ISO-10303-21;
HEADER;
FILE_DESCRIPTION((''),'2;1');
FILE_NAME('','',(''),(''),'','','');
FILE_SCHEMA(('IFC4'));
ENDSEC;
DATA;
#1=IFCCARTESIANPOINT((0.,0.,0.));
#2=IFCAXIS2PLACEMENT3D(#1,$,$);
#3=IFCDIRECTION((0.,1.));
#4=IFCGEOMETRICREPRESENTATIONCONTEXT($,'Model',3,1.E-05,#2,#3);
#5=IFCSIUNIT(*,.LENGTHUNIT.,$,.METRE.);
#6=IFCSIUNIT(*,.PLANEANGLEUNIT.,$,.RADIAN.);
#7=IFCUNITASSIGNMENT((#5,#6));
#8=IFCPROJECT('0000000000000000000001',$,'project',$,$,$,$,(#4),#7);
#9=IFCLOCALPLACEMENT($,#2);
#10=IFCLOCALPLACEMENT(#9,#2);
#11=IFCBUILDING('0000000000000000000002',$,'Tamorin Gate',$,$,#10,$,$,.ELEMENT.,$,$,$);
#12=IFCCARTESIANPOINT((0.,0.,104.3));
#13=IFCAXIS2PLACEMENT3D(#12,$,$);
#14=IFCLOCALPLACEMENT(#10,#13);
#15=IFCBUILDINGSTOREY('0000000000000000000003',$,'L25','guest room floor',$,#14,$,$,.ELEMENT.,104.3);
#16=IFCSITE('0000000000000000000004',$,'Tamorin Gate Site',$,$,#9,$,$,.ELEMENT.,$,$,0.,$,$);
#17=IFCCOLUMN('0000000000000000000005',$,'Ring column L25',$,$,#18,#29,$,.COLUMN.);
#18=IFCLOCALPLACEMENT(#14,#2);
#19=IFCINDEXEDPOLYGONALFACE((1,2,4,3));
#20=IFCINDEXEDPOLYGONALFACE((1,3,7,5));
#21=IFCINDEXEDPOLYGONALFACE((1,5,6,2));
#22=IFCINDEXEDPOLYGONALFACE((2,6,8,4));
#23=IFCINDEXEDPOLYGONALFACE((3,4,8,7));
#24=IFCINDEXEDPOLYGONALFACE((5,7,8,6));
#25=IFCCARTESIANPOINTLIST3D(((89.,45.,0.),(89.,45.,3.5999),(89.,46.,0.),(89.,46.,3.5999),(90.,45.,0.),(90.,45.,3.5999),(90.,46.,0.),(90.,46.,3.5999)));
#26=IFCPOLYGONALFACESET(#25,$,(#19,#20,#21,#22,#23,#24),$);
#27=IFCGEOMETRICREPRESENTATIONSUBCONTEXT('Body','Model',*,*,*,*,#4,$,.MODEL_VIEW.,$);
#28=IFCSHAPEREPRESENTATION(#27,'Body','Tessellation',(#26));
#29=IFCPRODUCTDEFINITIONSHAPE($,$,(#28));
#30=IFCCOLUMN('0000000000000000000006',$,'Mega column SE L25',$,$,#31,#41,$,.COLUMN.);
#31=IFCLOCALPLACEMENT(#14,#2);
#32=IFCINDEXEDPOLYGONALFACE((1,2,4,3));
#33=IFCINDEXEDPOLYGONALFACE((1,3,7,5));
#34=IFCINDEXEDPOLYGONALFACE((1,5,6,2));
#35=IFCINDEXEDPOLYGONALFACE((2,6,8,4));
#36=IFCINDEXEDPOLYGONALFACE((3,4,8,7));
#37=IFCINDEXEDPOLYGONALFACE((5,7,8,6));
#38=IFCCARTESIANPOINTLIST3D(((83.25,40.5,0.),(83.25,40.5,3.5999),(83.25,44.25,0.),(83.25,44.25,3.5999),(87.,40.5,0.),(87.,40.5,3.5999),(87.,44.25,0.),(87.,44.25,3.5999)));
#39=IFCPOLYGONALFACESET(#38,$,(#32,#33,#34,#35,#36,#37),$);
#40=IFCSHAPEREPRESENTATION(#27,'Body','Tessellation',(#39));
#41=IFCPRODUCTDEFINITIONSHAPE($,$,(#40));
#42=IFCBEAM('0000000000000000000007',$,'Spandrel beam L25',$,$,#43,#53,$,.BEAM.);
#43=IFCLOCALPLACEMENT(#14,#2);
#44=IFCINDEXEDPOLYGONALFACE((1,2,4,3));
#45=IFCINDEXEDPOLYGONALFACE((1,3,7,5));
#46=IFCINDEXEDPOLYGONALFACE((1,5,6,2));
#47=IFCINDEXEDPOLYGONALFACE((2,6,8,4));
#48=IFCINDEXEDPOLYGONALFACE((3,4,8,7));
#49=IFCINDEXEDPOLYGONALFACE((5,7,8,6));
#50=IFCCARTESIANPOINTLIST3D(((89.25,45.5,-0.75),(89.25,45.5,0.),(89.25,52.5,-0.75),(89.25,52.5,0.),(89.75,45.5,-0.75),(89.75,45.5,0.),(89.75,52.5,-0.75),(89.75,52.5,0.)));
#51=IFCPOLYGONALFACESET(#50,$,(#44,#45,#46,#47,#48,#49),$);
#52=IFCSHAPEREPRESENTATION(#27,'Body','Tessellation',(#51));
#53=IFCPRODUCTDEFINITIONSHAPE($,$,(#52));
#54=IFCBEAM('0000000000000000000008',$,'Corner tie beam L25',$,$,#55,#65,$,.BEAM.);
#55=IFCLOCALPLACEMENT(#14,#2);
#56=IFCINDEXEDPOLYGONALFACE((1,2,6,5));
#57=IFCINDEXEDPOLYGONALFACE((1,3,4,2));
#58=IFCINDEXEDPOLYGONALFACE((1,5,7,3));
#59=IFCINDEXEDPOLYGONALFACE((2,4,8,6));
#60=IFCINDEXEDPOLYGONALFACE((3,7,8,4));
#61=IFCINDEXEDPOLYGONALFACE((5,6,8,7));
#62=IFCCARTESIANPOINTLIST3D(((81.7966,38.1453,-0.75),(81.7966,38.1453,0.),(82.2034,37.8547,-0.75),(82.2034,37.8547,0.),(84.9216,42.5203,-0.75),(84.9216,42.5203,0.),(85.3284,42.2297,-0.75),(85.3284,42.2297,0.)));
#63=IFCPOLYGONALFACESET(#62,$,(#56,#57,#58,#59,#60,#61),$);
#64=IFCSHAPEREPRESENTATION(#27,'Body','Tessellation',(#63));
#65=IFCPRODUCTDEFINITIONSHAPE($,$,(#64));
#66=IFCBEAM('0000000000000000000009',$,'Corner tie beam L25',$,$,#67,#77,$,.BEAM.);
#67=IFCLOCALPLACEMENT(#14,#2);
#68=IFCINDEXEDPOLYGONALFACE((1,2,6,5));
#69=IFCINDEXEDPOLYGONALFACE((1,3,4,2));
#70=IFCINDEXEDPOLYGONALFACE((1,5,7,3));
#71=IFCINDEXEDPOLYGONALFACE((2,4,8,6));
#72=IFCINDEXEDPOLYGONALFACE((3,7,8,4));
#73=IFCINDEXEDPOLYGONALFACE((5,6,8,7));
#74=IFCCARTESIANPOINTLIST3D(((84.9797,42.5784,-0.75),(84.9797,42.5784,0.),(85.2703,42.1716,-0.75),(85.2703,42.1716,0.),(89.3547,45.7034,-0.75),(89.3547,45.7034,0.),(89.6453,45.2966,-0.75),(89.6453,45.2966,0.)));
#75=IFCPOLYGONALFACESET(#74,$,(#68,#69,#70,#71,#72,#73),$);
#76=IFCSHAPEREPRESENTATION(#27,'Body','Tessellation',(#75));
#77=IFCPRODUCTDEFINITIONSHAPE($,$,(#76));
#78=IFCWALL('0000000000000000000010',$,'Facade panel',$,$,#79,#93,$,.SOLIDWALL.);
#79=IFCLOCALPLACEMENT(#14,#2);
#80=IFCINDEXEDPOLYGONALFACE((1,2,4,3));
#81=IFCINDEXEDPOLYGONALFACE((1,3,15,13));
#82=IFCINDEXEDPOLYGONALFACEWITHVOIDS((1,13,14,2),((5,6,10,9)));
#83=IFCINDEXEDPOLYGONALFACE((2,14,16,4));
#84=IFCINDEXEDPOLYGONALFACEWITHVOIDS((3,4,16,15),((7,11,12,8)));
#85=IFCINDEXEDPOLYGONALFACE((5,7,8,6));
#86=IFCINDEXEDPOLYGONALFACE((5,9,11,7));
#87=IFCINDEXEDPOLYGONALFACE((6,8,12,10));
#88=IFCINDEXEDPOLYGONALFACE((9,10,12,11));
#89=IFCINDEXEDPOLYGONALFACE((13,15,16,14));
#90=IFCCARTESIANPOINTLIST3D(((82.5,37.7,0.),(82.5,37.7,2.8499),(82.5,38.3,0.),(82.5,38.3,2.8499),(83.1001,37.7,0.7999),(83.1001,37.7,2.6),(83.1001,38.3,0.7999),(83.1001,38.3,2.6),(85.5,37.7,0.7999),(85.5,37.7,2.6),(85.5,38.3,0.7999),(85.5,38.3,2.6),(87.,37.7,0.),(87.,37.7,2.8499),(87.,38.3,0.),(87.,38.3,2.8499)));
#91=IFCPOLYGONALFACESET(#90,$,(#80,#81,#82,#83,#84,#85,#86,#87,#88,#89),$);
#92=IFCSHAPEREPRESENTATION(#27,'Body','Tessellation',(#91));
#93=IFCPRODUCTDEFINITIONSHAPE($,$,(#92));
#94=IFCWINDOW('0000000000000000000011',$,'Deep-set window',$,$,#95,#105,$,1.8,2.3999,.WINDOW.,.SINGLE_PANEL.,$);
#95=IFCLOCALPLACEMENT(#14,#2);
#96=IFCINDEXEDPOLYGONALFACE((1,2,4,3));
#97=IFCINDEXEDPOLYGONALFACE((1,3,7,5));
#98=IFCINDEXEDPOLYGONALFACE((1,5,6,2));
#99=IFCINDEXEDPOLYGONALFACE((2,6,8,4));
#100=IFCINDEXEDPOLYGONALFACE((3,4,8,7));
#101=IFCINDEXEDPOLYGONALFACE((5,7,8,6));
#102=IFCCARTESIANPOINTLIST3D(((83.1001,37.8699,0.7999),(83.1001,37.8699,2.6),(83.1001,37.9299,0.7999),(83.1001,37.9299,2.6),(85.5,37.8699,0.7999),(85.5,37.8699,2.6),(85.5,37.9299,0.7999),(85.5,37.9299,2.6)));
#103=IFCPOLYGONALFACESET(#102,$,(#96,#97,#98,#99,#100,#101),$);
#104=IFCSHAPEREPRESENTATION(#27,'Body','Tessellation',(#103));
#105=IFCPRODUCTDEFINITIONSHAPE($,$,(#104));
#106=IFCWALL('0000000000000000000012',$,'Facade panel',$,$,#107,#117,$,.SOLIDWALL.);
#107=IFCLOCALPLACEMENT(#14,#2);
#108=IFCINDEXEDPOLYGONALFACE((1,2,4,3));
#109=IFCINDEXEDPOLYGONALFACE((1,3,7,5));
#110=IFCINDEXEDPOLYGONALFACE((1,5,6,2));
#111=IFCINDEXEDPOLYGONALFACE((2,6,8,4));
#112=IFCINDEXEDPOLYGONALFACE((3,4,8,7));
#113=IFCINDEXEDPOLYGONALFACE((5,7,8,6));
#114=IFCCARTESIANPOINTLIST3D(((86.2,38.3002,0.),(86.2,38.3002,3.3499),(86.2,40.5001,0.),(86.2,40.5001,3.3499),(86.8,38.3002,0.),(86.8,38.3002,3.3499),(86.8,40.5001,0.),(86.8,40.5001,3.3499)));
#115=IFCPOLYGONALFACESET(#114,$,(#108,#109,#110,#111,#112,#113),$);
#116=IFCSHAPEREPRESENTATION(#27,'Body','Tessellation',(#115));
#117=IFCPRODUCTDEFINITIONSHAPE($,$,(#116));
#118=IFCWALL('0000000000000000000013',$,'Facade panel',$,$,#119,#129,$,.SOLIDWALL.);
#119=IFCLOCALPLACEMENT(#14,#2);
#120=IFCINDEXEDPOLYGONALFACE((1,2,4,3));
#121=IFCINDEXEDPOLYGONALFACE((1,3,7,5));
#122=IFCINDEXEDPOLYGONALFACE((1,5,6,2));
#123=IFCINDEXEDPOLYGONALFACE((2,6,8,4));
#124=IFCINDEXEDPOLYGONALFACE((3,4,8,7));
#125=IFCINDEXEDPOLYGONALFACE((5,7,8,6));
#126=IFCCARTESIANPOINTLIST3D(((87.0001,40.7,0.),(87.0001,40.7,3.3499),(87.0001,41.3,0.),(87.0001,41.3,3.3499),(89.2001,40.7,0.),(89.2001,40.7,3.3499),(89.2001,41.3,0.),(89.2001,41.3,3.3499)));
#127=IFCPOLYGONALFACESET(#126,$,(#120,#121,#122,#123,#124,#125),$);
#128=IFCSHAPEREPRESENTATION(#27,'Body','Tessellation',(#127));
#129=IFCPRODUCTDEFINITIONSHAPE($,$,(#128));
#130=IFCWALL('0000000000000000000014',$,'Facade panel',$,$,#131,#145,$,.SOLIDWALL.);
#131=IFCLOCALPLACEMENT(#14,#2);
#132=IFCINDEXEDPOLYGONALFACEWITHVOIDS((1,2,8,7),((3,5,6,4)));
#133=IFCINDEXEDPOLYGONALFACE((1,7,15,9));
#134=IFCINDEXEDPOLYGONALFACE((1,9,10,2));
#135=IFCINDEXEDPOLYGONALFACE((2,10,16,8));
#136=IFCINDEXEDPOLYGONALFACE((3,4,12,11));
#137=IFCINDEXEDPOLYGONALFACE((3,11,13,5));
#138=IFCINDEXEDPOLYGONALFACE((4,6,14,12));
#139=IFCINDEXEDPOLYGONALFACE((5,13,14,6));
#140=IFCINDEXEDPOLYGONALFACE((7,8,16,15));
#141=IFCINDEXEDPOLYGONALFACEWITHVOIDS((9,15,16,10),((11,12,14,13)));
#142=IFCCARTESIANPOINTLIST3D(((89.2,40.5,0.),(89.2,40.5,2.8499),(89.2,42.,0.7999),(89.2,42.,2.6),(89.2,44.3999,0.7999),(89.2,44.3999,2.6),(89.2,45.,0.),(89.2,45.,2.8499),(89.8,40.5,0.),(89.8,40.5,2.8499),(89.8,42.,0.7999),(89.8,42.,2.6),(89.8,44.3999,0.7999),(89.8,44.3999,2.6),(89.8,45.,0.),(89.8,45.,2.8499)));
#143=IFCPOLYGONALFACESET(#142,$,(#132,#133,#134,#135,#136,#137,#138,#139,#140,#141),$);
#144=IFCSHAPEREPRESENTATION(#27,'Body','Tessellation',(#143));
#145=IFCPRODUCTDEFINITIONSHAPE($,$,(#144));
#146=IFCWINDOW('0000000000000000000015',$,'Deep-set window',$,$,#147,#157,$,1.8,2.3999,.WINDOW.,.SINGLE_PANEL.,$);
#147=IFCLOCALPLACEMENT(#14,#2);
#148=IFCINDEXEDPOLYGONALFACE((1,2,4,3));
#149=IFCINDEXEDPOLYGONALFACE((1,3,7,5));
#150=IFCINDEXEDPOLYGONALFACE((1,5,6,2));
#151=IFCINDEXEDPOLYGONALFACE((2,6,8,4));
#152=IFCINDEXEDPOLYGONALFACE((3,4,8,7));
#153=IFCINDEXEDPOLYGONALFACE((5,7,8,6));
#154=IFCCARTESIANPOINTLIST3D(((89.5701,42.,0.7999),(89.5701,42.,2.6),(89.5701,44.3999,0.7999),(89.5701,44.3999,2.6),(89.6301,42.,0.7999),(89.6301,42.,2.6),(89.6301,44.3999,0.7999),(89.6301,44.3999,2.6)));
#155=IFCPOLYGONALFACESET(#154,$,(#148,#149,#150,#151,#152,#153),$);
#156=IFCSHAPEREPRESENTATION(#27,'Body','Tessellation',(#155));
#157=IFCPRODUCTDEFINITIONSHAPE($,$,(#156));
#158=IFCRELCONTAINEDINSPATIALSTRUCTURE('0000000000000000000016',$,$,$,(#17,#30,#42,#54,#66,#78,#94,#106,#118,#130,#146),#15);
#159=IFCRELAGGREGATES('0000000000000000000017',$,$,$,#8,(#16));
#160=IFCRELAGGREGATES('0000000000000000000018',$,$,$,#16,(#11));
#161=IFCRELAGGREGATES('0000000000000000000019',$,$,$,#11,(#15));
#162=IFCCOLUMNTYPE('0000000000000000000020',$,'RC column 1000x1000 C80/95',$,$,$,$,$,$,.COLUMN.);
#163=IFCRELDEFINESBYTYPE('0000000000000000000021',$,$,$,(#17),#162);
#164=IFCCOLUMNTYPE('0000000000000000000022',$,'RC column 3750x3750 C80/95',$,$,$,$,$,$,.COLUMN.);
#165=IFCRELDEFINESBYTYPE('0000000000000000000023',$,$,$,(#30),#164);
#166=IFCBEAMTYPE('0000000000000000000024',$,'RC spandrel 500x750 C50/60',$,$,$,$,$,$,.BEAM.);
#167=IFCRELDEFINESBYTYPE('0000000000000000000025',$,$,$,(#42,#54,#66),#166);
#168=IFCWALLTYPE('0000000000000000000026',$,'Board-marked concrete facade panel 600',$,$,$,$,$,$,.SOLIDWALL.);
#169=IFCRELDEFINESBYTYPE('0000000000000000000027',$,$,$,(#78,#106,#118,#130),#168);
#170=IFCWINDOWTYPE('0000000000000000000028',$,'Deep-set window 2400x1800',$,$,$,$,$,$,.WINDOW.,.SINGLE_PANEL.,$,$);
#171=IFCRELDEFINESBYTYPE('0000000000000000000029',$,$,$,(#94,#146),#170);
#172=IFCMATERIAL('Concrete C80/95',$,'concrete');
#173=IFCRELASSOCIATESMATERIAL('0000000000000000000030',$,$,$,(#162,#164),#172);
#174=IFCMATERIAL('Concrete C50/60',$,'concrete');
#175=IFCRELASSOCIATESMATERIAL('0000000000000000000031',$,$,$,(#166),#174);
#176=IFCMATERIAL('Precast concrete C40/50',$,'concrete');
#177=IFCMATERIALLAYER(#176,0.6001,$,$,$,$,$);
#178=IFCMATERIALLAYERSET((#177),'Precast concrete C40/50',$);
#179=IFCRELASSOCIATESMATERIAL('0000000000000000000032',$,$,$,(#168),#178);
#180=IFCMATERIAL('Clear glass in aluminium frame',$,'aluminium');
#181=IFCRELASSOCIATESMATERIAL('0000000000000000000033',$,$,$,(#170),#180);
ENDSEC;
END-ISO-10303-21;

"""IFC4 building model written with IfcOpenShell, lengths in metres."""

from ifc_helpers import new_model, si_unit, direction, frame, frame_2d, origin, origin_2d, place, context, subcontext, project, spatial, rectangle, extrude, material, layer, layer_set, material_profile, profile_set, type_object, element, fill, save


model = new_model("IFC4")

# Units and contexts
model_context = context("Model", 3, precision=1e-05, world=origin(), true_north=direction((0.0, 1.0)))
body_context = subcontext(model_context, "Body", "Model", "MODEL_VIEW")
ifc_project = project(units=[si_unit("LENGTHUNIT", "METRE"), si_unit("PLANEANGLEUNIT", "RADIAN")], contexts=[model_context])

# Site, building, storey
site_placement = place(None, origin())
site = spatial("IfcSite", under=ifc_project, at=site_placement, Name="Tamorin Gate Site", CompositionType="ELEMENT", RefElevation=0.0)
building_placement = place(site_placement, origin())
building = spatial("IfcBuilding", under=site, at=building_placement, Name="Tamorin Gate", CompositionType="ELEMENT")
storey_placement = place(building_placement, frame((0.0, 0.0, 104.3)))
storey = spatial("IfcBuildingStorey", under=building, at=storey_placement, Name="L25", Description="guest room floor", CompositionType="ELEMENT", Elevation=104.3)

# Columns
ifc_material_1 = material(Name="Concrete C80/95", Category="concrete")
ifc_material_profile_1 = material_profile(ifc_material_1, rectangle(XDim=1.0, YDim=1.0, at=origin_2d()), Name="RC 1000x1000")
ifc_profile_set_1 = profile_set([ifc_material_profile_1], Name="Concrete C80/95")
column_type_1 = type_object("IfcColumnType", Name="RC column 1000x1000 C80/95", PredefinedType="COLUMN", material=ifc_profile_set_1)
column_1_placement = place(storey_placement, frame((89.5, 45.5, 0.0), z_axis=(0.0, 0.0, 1.0), x_axis=(1.0, 0.0, 0.0)))
element("IfcColumn", 1, at=column_1_placement, inside=storey, type_object=column_type_1, Name="Ring column L25", PredefinedType="COLUMN", context=body_context, shape_type="SweptSolid", body=[
    extrude(rectangle(XDim=1.0, YDim=1.0, at=origin_2d()), origin(), (0.0, 0.0, 1.0), 3.5999),
])
ifc_material_profile_2 = material_profile(ifc_material_1, rectangle(XDim=3.75, YDim=3.75, at=origin_2d()), Name="RC 3750x3750")
ifc_profile_set_2 = profile_set([ifc_material_profile_2], Name="Concrete C80/95")
column_type_2 = type_object("IfcColumnType", Name="RC column 3750x3750 C80/95", PredefinedType="COLUMN", material=ifc_profile_set_2)
column_2_placement = place(storey_placement, frame((85.125, 42.375, 0.0), z_axis=(0.0, 0.0, 1.0), x_axis=(1.0, 0.0, 0.0)))
element("IfcColumn", 2, at=column_2_placement, inside=storey, type_object=column_type_2, Name="Mega column SE L25", PredefinedType="COLUMN", context=body_context, shape_type="SweptSolid", body=[
    extrude(rectangle(XDim=3.75, YDim=3.75, at=origin_2d()), origin(), (0.0, 0.0, 1.0), 3.5999),
])

# Beams
ifc_material_2 = material(Name="Concrete C50/60", Category="concrete")
ifc_material_profile_3 = material_profile(ifc_material_2, rectangle(XDim=0.5, YDim=0.75, at=origin_2d()), Name="RC 500x750")
ifc_profile_set_3 = profile_set([ifc_material_profile_3], Name="Concrete C50/60")
beam_type = type_object("IfcBeamType", Name="RC spandrel 500x750 C50/60", PredefinedType="BEAM", material=ifc_profile_set_3)
beam_placement = place(storey_placement, frame((89.5, 45.5, -0.375), z_axis=(0.0, 1.0, 0.0), x_axis=(-1.0, 0.0, 0.0)))
element("IfcBeam", 3, at=beam_placement, inside=storey, type_object=beam_type, Name="Spandrel beam L25", PredefinedType="BEAM", context=body_context, shape_type="SweptSolid", body=[
    extrude(rectangle(XDim=0.5, YDim=0.75, at=origin_2d()), origin(), (0.0, 0.0, 1.0), 7.0),
])
for number, where, z_axis, x_axis, name in (
    (4, (85.125, 42.375, -0.375), (-0.581238, -0.813733, 0.0), (0.813733, -0.581238, 0.0), "Corner tie beam L25"),
    (5, (85.125, 42.375, -0.375), (0.813733, 0.581238, 0.0), (-0.581238, 0.813733, 0.0), "Corner tie beam L25"),
):
    element("IfcBeam", number, at=place(storey_placement, frame(where, z_axis=z_axis, x_axis=x_axis)), inside=storey, type_object=beam_type, Name=name, PredefinedType="BEAM", context=body_context, shape_type="SweptSolid", body=[
        extrude(rectangle(XDim=0.5, YDim=0.75, at=origin_2d()), origin(), (0.0, 0.0, 1.0), 5.3765),
    ])

# Wall, opening, window
ifc_material_3 = material(Name="Precast concrete C40/50", Category="concrete")
ifc_layer_1 = layer(ifc_material_3, 0.6001)
ifc_layer_set_1 = layer_set([ifc_layer_1], Name="Precast concrete C40/50")
wall_type_1 = type_object("IfcWallType", Name="Board-marked concrete facade panel 600", PredefinedType="SOLIDWALL", material=ifc_layer_set_1)
wall_1_placement = place(storey_placement, frame((82.5, 38.0, 0.0), z_axis=(0.0, 0.0, 1.0), x_axis=(1.0, 0.0, 0.0)))
wall_1 = element("IfcWall", 6, at=wall_1_placement, inside=storey, type_object=wall_type_1, Name="Facade panel", PredefinedType="SOLIDWALL", context=body_context, shape_type="SweptSolid", body=[
    extrude(rectangle(XDim=4.5, YDim=0.6001, at=frame_2d((2.25, 0.0))), origin(), (0.0, 0.0, 1.0), 2.8499),
])
opening_1_placement = place(wall_1_placement, frame((0.6001, 0.0, 0.8)))
opening_1 = element("IfcOpeningElement", 7, at=opening_1_placement, cuts=wall_1, PredefinedType="OPENING", context=body_context, shape_type="SweptSolid", body=[
    extrude(rectangle(XDim=2.3999, YDim=1.8, at=frame_2d((1.2, 0.8999))), frame((0.0, 0.3101, 0.0), z_axis=(0.0, -1.0, 0.0), x_axis=(1.0, 0.0, 0.0)), (0.0, 0.0, 1.0), 0.6201),
])
ifc_material_4 = material(Name="Clear glass in aluminium frame", Category="aluminium")
window_type = type_object("IfcWindowType", Name="Deep-set window 2400x1800", PartitioningType="SINGLE_PANEL", PredefinedType="WINDOW", material=ifc_material_4)
window_1_placement = place(opening_1_placement, origin())
window_1 = element("IfcWindow", 8, at=window_1_placement, inside=storey, type_object=window_type, Name="Deep-set window", OverallHeight=1.8, OverallWidth=2.3999, PartitioningType="SINGLE_PANEL", PredefinedType="WINDOW", context=body_context, shape_type="SweptSolid", body=[
    extrude(rectangle(XDim=2.3999, YDim=1.8, at=frame_2d((1.2, 0.8999))), frame((0.0, -0.0701, 0.0), z_axis=(0.0, -1.0, 0.0), x_axis=(1.0, 0.0, 0.0)), (0.0, 0.0, 1.0), 0.0601),
])
fill(opening_1, window_1)

# Walls
for number, where, z_axis, x_axis, name in (
    (9, (86.5, 38.3, 0.0), (0.0, 0.0, 1.0), (0.0, 1.0, 0.0), "Facade panel"),
    (10, (87.0, 41.0, 0.0), (0.0, 0.0, 1.0), (1.0, 0.0, 0.0), "Facade panel"),
):
    element("IfcWall", number, at=place(storey_placement, frame(where, z_axis=z_axis, x_axis=x_axis)), inside=storey, type_object=wall_type_1, Name=name, PredefinedType="SOLIDWALL", context=body_context, shape_type="SweptSolid", body=[
        extrude(rectangle(XDim=2.2, YDim=0.6001, at=frame_2d((1.1001, 0.0))), origin(), (0.0, 0.0, 1.0), 3.3499),
    ])

# Wall, opening, window
wall_2_placement = place(storey_placement, frame((89.5, 40.5, 0.0), z_axis=(0.0, 0.0, 1.0), x_axis=(0.0, 1.0, 0.0)))
wall_2 = element("IfcWall", 11, at=wall_2_placement, inside=storey, type_object=wall_type_1, Name="Facade panel", PredefinedType="SOLIDWALL", context=body_context, shape_type="SweptSolid", body=[
    extrude(rectangle(XDim=4.5, YDim=0.6001, at=frame_2d((2.25, 0.0))), origin(), (0.0, 0.0, 1.0), 2.8499),
])
opening_2_placement = place(wall_2_placement, frame((1.5, 0.0, 0.8)))
opening_2 = element("IfcOpeningElement", 12, at=opening_2_placement, cuts=wall_2, PredefinedType="OPENING", context=body_context, shape_type="SweptSolid", body=[
    extrude(rectangle(XDim=2.3999, YDim=1.8, at=frame_2d((1.2, 0.8999))), frame((0.0, 0.3101, 0.0), z_axis=(0.0, -1.0, 0.0), x_axis=(1.0, 0.0, 0.0)), (0.0, 0.0, 1.0), 0.6201),
])
window_2_placement = place(opening_2_placement, origin())
window_2 = element("IfcWindow", 13, at=window_2_placement, inside=storey, type_object=window_type, Name="Deep-set window", OverallHeight=1.8, OverallWidth=2.3999, PartitioningType="SINGLE_PANEL", PredefinedType="WINDOW", context=body_context, shape_type="SweptSolid", body=[
    extrude(rectangle(XDim=2.3999, YDim=1.8, at=frame_2d((1.2, 0.8999))), frame((0.0, -0.0701, 0.0), z_axis=(0.0, -1.0, 0.0), x_axis=(1.0, 0.0, 0.0)), (0.0, 0.0, 1.0), 0.0601),
])
fill(opening_2, window_2)

save(model, "model.ifc")
